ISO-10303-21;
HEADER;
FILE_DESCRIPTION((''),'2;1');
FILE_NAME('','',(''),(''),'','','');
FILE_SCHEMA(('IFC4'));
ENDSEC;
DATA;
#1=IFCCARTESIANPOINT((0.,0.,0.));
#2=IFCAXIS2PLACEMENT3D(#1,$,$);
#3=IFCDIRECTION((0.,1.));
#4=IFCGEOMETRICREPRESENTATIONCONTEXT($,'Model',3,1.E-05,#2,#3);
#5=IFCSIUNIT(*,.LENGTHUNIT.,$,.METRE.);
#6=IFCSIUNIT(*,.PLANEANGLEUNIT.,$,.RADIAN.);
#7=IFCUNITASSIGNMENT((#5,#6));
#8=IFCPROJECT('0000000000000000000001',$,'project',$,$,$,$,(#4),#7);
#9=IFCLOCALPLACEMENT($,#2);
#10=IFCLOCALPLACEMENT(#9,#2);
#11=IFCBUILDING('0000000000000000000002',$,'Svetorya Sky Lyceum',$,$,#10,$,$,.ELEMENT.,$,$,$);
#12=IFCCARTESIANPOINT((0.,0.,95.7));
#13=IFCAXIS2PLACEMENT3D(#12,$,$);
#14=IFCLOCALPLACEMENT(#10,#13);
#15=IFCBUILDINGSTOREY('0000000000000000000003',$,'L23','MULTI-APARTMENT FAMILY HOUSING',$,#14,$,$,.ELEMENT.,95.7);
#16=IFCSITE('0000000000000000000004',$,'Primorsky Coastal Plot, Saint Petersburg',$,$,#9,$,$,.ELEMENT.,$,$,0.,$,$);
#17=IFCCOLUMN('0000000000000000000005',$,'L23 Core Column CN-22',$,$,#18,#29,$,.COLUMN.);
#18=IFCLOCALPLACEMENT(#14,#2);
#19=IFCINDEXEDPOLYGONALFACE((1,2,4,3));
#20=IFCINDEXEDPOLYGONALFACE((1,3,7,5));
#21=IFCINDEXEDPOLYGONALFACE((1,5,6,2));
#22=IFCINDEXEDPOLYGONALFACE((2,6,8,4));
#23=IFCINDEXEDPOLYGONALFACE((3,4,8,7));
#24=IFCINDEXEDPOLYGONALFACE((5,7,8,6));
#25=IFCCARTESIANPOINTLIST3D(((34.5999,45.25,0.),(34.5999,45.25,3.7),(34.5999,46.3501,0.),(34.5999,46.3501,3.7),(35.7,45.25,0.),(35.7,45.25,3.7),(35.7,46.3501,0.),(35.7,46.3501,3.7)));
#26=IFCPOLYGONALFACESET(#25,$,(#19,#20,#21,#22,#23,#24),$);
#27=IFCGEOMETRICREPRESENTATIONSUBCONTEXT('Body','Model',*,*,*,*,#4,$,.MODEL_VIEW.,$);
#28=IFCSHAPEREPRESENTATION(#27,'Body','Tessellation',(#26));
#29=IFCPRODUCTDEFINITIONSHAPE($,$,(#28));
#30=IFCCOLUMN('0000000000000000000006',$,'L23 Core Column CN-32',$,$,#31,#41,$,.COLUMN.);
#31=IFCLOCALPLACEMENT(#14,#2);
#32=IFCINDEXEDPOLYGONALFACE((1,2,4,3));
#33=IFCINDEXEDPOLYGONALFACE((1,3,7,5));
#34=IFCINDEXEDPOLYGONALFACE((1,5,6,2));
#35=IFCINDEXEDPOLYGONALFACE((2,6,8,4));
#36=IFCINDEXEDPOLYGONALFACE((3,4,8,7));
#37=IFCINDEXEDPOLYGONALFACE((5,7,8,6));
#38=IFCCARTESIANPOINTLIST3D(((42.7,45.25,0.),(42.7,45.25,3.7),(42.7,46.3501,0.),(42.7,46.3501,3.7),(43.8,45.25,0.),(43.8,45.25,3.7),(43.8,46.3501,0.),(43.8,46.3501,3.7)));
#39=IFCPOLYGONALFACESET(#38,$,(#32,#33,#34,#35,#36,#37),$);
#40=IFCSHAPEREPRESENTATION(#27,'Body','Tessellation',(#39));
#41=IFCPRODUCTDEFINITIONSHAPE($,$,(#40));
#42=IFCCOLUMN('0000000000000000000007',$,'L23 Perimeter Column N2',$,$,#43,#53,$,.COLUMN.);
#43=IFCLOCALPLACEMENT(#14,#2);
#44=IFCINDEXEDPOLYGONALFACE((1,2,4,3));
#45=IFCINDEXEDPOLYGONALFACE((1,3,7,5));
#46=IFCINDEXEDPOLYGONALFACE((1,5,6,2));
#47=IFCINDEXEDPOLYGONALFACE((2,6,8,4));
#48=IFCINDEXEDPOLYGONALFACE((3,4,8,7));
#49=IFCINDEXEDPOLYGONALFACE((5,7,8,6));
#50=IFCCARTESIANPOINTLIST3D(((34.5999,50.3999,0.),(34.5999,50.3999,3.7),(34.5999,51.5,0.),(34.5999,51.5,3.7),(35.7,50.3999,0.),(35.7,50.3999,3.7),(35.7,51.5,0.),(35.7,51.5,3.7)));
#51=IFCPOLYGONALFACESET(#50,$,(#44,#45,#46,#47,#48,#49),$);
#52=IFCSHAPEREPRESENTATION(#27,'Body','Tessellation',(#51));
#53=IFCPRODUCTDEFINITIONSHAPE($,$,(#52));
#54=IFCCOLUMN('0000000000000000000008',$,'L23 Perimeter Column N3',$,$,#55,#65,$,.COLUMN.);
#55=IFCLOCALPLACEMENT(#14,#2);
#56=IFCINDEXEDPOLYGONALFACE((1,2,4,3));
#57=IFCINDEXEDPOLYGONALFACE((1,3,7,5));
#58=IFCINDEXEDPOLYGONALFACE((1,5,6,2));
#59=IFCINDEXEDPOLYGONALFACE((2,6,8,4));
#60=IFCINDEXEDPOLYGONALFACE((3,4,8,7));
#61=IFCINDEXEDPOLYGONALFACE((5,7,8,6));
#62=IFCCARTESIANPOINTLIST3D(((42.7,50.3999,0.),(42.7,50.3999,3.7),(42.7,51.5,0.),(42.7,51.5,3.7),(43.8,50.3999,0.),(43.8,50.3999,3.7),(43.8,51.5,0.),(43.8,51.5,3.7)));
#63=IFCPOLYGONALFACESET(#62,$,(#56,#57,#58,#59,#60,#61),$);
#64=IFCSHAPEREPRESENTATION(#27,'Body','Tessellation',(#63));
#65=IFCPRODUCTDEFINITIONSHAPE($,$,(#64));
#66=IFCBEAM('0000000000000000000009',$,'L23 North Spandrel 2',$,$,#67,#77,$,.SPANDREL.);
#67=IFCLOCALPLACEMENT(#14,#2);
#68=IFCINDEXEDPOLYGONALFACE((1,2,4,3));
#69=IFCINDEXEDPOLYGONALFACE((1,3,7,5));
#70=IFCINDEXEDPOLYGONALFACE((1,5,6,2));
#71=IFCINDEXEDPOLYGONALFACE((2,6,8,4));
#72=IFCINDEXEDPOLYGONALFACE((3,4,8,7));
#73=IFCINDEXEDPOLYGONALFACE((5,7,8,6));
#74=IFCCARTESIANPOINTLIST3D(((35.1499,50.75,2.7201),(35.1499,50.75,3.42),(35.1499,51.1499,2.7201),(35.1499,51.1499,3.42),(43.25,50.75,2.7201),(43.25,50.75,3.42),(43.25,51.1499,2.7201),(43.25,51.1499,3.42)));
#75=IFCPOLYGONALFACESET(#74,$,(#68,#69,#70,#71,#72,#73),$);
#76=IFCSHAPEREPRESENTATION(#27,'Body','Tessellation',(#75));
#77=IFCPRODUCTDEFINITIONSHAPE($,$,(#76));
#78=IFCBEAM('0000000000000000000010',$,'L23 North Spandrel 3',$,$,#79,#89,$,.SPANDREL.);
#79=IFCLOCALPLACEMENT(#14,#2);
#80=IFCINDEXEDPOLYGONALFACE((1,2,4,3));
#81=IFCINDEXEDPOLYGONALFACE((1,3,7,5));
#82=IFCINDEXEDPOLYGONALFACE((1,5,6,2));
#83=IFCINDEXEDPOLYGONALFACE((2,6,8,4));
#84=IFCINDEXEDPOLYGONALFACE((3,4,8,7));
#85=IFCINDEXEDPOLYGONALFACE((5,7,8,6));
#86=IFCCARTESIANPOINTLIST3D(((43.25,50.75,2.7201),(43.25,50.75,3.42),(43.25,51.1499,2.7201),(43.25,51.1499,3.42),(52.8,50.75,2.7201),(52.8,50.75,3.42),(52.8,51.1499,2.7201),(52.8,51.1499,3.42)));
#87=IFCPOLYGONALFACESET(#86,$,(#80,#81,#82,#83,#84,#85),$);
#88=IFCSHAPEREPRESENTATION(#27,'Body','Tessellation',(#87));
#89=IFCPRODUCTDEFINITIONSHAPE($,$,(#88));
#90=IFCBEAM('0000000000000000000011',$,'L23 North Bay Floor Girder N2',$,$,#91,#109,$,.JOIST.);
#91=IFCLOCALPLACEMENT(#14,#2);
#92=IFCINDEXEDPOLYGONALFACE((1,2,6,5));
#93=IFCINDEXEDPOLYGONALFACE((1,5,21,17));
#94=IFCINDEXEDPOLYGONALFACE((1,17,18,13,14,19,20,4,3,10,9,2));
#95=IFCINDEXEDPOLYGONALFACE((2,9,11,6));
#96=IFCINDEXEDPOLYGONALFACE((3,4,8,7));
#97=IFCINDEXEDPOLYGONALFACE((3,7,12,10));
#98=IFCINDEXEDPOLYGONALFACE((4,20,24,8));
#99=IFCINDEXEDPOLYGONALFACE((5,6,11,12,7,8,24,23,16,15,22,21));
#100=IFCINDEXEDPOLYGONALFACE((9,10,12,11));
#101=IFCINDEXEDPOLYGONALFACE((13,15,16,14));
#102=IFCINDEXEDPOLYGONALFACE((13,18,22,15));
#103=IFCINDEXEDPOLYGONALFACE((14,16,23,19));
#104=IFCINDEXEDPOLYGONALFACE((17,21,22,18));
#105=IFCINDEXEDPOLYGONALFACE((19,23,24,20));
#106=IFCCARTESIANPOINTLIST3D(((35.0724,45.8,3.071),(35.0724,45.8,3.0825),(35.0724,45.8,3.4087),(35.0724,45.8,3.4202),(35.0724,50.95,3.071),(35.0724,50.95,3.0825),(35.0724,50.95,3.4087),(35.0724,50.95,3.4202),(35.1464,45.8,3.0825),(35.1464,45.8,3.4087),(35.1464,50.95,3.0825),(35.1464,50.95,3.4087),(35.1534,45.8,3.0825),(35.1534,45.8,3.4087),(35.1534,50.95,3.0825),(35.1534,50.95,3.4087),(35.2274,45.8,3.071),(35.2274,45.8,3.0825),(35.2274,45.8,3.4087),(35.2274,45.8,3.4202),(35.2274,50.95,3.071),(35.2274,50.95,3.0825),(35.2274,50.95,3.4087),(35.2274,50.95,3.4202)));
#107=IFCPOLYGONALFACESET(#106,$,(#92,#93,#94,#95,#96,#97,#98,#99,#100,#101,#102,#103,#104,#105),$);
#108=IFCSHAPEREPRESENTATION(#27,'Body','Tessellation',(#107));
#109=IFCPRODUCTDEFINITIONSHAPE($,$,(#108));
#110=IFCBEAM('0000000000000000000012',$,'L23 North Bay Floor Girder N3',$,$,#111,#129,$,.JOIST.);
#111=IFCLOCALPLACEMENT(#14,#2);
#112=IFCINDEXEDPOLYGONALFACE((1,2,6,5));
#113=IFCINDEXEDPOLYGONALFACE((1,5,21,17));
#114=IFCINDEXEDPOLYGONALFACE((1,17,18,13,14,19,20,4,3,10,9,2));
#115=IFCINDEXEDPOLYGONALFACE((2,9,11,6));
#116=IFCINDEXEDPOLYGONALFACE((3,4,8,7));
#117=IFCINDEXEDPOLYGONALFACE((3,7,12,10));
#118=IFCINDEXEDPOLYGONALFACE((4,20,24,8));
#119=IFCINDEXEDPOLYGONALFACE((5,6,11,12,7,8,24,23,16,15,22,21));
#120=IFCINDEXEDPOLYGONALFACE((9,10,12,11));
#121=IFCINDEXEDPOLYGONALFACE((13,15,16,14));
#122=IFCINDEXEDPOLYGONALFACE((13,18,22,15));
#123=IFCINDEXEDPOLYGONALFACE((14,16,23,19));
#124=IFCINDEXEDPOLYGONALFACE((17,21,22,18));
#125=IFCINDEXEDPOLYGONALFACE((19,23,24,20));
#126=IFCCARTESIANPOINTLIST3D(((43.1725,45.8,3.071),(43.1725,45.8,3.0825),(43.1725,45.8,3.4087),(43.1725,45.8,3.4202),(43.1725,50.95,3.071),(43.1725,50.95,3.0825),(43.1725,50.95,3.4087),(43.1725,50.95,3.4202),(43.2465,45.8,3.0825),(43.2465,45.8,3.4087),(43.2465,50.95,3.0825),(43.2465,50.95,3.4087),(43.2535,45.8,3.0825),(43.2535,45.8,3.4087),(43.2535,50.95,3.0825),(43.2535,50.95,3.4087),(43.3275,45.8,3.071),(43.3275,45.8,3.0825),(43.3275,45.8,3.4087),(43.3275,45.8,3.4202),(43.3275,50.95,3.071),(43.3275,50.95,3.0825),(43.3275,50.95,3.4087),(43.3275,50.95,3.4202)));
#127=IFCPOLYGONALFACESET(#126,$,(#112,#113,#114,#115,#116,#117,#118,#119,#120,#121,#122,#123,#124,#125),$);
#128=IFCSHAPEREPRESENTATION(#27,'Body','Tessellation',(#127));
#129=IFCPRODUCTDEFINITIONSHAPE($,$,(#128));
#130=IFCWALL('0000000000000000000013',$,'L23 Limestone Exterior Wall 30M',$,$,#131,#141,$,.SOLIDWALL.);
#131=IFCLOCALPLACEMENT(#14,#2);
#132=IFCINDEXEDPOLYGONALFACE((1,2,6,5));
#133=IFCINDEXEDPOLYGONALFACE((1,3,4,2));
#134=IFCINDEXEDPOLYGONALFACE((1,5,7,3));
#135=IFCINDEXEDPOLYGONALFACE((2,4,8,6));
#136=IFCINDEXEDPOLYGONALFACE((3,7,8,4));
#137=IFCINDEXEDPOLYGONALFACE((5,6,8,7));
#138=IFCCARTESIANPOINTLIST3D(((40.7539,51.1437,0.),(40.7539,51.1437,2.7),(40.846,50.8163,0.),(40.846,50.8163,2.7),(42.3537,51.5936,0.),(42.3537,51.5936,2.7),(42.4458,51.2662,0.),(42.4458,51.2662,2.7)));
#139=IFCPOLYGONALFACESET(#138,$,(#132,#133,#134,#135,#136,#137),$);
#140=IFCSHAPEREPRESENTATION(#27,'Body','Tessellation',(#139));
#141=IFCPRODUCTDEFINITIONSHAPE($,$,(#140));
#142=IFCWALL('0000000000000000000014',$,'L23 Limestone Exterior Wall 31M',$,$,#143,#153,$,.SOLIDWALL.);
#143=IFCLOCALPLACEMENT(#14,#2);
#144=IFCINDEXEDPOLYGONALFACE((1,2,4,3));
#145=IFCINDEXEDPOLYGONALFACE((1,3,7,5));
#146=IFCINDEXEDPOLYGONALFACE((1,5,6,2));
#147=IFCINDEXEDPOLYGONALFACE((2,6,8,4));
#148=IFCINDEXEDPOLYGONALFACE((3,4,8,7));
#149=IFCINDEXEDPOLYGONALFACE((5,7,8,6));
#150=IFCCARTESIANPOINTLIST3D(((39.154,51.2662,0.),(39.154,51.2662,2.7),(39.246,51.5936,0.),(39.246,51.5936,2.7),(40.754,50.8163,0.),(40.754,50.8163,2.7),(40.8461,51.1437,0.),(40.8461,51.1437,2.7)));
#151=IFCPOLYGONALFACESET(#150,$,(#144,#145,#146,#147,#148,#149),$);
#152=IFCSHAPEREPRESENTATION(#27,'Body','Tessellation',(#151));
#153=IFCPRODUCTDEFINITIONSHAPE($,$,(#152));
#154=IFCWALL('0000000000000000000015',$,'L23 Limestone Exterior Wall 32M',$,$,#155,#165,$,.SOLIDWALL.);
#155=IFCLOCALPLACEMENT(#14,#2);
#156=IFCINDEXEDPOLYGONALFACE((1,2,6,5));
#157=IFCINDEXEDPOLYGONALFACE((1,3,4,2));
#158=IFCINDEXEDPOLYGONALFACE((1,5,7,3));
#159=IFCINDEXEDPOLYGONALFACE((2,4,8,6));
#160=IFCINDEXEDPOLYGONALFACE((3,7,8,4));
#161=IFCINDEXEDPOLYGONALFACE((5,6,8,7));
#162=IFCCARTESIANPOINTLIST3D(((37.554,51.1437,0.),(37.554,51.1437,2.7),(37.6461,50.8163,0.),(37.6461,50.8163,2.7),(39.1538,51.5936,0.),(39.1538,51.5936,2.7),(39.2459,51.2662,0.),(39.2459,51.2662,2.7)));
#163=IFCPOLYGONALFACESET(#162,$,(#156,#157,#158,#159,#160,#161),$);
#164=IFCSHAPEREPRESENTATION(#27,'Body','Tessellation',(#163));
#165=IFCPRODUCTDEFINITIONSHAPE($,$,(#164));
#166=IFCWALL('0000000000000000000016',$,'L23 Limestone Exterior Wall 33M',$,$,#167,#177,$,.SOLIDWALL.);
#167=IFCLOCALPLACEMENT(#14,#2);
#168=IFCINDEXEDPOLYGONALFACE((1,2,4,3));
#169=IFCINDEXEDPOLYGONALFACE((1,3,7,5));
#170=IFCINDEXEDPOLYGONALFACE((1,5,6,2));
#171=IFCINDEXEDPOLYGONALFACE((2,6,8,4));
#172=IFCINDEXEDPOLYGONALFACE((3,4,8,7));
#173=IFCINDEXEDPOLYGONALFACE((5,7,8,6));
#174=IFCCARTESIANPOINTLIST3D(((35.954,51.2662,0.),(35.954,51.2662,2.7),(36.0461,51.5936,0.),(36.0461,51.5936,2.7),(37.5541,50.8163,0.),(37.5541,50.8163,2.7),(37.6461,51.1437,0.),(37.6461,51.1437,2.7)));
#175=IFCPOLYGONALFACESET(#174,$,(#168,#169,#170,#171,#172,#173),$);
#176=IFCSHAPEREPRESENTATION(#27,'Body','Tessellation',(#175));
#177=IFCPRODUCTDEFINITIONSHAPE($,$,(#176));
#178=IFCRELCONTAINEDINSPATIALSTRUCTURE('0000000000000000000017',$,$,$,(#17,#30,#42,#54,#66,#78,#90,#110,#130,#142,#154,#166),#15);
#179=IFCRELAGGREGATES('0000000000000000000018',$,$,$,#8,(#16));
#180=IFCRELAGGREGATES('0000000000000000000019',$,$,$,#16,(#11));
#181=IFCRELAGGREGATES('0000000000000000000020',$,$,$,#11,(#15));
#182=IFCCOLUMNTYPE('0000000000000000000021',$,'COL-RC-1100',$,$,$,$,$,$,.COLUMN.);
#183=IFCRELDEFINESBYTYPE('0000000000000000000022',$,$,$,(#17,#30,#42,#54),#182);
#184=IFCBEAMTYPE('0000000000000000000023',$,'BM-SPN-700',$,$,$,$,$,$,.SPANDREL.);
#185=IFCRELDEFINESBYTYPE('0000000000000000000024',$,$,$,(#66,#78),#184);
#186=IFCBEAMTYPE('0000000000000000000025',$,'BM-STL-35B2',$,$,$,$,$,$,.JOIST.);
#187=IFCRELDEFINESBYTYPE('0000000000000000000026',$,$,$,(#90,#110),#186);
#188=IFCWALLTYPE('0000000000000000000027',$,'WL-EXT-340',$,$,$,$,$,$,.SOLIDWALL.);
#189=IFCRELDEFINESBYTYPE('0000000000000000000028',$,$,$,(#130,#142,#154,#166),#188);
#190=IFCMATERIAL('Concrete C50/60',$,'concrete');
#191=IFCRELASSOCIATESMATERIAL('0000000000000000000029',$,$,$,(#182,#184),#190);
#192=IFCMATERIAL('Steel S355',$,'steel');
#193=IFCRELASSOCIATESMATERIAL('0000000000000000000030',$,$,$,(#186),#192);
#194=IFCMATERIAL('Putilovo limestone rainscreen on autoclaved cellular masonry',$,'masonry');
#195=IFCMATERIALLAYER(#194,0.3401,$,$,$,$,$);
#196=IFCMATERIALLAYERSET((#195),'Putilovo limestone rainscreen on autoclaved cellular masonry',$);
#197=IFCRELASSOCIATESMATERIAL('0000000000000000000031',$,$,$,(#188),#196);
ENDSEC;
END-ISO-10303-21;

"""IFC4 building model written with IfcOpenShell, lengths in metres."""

from ifc_helpers import new_model, si_unit, direction, frame, frame_2d, origin, origin_2d, place, context, subcontext, project, spatial, rectangle, i_section, extrude, material, layer, layer_set, material_profile, profile_set, type_object, element, save


model = new_model("IFC4")

# Units and contexts
model_context = context("Model", 3, precision=1e-05, world=origin(), true_north=direction((0.0, 1.0)))
body_context = subcontext(model_context, "Body", "Model", "MODEL_VIEW")
ifc_project = project(units=[si_unit("LENGTHUNIT", "METRE"), si_unit("PLANEANGLEUNIT", "RADIAN")], contexts=[model_context])

# Site, building, storey
site_placement = place(None, origin())
site = spatial("IfcSite", under=ifc_project, at=site_placement, Name="Primorsky Coastal Plot, Saint Petersburg", CompositionType="ELEMENT", RefElevation=0.0)
building_placement = place(site_placement, origin())
building = spatial("IfcBuilding", under=site, at=building_placement, Name="Svetorya Sky Lyceum", CompositionType="ELEMENT")
storey_placement = place(building_placement, frame((0.0, 0.0, 95.7)))
storey = spatial("IfcBuildingStorey", under=building, at=storey_placement, Name="L23", Description="MULTI-APARTMENT FAMILY HOUSING", CompositionType="ELEMENT", Elevation=95.7)

# Columns
ifc_material_1 = material(Name="Concrete C50/60", Category="concrete")
ifc_material_profile_1 = material_profile(ifc_material_1, rectangle(XDim=1.1001, YDim=1.1001, at=origin_2d()), Name="RC COL 1100x1100")
ifc_profile_set_1 = profile_set([ifc_material_profile_1], Name="Concrete C50/60")
column_type = type_object("IfcColumnType", Name="COL-RC-1100", PredefinedType="COLUMN", material=ifc_profile_set_1)
for number, where, z_axis, x_axis, name in (
    (1, (35.1499, 45.8, 0.0), (0.0, 0.0, 1.0), (1.0, 0.0, 0.0), "L23 Core Column CN-22"),
    (2, (43.25, 45.8, 0.0), (0.0, 0.0, 1.0), (1.0, 0.0, 0.0), "L23 Core Column CN-32"),
    (3, (35.1499, 50.95, 0.0), (0.0, 0.0, 1.0), (1.0, 0.0, 0.0), "L23 Perimeter Column N2"),
    (4, (43.25, 50.95, 0.0), (0.0, 0.0, 1.0), (1.0, 0.0, 0.0), "L23 Perimeter Column N3"),
):
    element("IfcColumn", number, at=place(storey_placement, frame(where, z_axis=z_axis, x_axis=x_axis)), inside=storey, type_object=column_type, Name=name, PredefinedType="COLUMN", context=body_context, shape_type="SweptSolid", body=[
        extrude(rectangle(XDim=1.1001, YDim=1.1001, at=origin_2d()), origin(), (0.0, 0.0, 1.0), 3.7),
    ])

# Beams
ifc_material_profile_2 = material_profile(ifc_material_1, rectangle(XDim=0.3999, YDim=0.7, at=origin_2d()), Name="RC SPANDREL 400x700")
ifc_profile_set_2 = profile_set([ifc_material_profile_2], Name="Concrete C50/60")
beam_type_1 = type_object("IfcBeamType", Name="BM-SPN-700", PredefinedType="SPANDREL", material=ifc_profile_set_2)
beam_1_placement = place(storey_placement, frame((35.1499, 50.95, 3.0701), z_axis=(1.0, 0.0, 0.0), x_axis=(0.0, 1.0, 0.0)))
element("IfcBeam", 5, at=beam_1_placement, inside=storey, type_object=beam_type_1, Name="L23 North Spandrel 2", PredefinedType="SPANDREL", context=body_context, shape_type="SweptSolid", body=[
    extrude(rectangle(XDim=0.3999, YDim=0.7, at=origin_2d()), origin(), (0.0, 0.0, 1.0), 8.1001),
])
beam_2_placement = place(storey_placement, frame((43.25, 50.95, 3.0701), z_axis=(1.0, 0.0, 0.0), x_axis=(0.0, 1.0, 0.0)))
element("IfcBeam", 6, at=beam_2_placement, inside=storey, type_object=beam_type_1, Name="L23 North Spandrel 3", PredefinedType="SPANDREL", context=body_context, shape_type="SweptSolid", body=[
    extrude(rectangle(XDim=0.3999, YDim=0.7, at=origin_2d()), origin(), (0.0, 0.0, 1.0), 9.55),
])
ifc_material_2 = material(Name="Steel S355", Category="steel")
ifc_material_profile_3 = material_profile(ifc_material_2, i_section(OverallWidth=0.155, OverallDepth=0.3491, WebThickness=0.0071, FlangeThickness=0.0115, at=origin_2d()), Name="GOST 35B2")
ifc_profile_set_3 = profile_set([ifc_material_profile_3], Name="Steel S355")
beam_type_2 = type_object("IfcBeamType", Name="BM-STL-35B2", PredefinedType="JOIST", material=ifc_profile_set_3)
for number, where, z_axis, x_axis, name in (
    (7, (35.1499, 45.8, 3.2456), (0.0, 1.0, 0.0), (-1.0, 0.0, 0.0), "L23 North Bay Floor Girder N2"),
    (8, (43.25, 45.8, 3.2456), (0.0, 1.0, 0.0), (-1.0, 0.0, 0.0), "L23 North Bay Floor Girder N3"),
):
    element("IfcBeam", number, at=place(storey_placement, frame(where, z_axis=z_axis, x_axis=x_axis)), inside=storey, type_object=beam_type_2, Name=name, PredefinedType="JOIST", context=body_context, shape_type="SweptSolid", body=[
        extrude(i_section(OverallWidth=0.155, OverallDepth=0.3491, WebThickness=0.0071, FlangeThickness=0.0115, at=origin_2d()), origin(), (0.0, 0.0, 1.0), 5.1499),
    ])

# Walls
ifc_material_3 = material(Name="Putilovo limestone rainscreen on autoclaved cellular masonry", Category="masonry")
ifc_layer_1 = layer(ifc_material_3, 0.3401)
ifc_layer_set_1 = layer_set([ifc_layer_1], Name="Putilovo limestone rainscreen on autoclaved cellular masonry")
wall_type_1 = type_object("IfcWallType", Name="WL-EXT-340", PredefinedType="SOLIDWALL", material=ifc_layer_set_1)
wall_1_placement = place(storey_placement, frame((42.3999, 51.4299, 0.0), z_axis=(0.0, 0.0, 1.0), x_axis=(-0.962652, -0.270741, 0.0)))
element("IfcWall", 9, at=wall_1_placement, inside=storey, type_object=wall_type_1, Name="L23 Limestone Exterior Wall 30M", PredefinedType="SOLIDWALL", context=body_context, shape_type="SweptSolid", body=[
    extrude(rectangle(XDim=1.6619, YDim=0.3401, at=frame_2d((0.8311, 0.0))), origin(), (0.0, 0.0, 1.0), 2.7),
])
wall_2_placement = place(storey_placement, frame((40.8, 50.98, 0.0), z_axis=(0.0, 0.0, 1.0), x_axis=(-0.962663, 0.270703, 0.0)))
element("IfcWall", 10, at=wall_2_placement, inside=storey, type_object=wall_type_1, Name="L23 Limestone Exterior Wall 31M", PredefinedType="SOLIDWALL", context=body_context, shape_type="SweptSolid", body=[
    extrude(rectangle(XDim=1.6621, YDim=0.3401, at=frame_2d((0.8311, 0.0))), origin(), (0.0, 0.0, 1.0), 2.7),
])
wall_3_placement = place(storey_placement, frame((39.2, 51.4299, 0.0), z_axis=(0.0, 0.0, 1.0), x_axis=(-0.962652, -0.270741, 0.0)))
element("IfcWall", 11, at=wall_3_placement, inside=storey, type_object=wall_type_1, Name="L23 Limestone Exterior Wall 32M", PredefinedType="SOLIDWALL", context=body_context, shape_type="SweptSolid", body=[
    extrude(rectangle(XDim=1.6619, YDim=0.3401, at=frame_2d((0.8311, 0.0))), origin(), (0.0, 0.0, 1.0), 2.7),
])
wall_4_placement = place(storey_placement, frame((37.6001, 50.98, 0.0), z_axis=(0.0, 0.0, 1.0), x_axis=(-0.962663, 0.270703, 0.0)))
element("IfcWall", 12, at=wall_4_placement, inside=storey, type_object=wall_type_1, Name="L23 Limestone Exterior Wall 33M", PredefinedType="SOLIDWALL", context=body_context, shape_type="SweptSolid", body=[
    extrude(rectangle(XDim=1.6621, YDim=0.3401, at=frame_2d((0.8311, 0.0))), origin(), (0.0, 0.0, 1.0), 2.7),
])

save(model, "model.ifc")
